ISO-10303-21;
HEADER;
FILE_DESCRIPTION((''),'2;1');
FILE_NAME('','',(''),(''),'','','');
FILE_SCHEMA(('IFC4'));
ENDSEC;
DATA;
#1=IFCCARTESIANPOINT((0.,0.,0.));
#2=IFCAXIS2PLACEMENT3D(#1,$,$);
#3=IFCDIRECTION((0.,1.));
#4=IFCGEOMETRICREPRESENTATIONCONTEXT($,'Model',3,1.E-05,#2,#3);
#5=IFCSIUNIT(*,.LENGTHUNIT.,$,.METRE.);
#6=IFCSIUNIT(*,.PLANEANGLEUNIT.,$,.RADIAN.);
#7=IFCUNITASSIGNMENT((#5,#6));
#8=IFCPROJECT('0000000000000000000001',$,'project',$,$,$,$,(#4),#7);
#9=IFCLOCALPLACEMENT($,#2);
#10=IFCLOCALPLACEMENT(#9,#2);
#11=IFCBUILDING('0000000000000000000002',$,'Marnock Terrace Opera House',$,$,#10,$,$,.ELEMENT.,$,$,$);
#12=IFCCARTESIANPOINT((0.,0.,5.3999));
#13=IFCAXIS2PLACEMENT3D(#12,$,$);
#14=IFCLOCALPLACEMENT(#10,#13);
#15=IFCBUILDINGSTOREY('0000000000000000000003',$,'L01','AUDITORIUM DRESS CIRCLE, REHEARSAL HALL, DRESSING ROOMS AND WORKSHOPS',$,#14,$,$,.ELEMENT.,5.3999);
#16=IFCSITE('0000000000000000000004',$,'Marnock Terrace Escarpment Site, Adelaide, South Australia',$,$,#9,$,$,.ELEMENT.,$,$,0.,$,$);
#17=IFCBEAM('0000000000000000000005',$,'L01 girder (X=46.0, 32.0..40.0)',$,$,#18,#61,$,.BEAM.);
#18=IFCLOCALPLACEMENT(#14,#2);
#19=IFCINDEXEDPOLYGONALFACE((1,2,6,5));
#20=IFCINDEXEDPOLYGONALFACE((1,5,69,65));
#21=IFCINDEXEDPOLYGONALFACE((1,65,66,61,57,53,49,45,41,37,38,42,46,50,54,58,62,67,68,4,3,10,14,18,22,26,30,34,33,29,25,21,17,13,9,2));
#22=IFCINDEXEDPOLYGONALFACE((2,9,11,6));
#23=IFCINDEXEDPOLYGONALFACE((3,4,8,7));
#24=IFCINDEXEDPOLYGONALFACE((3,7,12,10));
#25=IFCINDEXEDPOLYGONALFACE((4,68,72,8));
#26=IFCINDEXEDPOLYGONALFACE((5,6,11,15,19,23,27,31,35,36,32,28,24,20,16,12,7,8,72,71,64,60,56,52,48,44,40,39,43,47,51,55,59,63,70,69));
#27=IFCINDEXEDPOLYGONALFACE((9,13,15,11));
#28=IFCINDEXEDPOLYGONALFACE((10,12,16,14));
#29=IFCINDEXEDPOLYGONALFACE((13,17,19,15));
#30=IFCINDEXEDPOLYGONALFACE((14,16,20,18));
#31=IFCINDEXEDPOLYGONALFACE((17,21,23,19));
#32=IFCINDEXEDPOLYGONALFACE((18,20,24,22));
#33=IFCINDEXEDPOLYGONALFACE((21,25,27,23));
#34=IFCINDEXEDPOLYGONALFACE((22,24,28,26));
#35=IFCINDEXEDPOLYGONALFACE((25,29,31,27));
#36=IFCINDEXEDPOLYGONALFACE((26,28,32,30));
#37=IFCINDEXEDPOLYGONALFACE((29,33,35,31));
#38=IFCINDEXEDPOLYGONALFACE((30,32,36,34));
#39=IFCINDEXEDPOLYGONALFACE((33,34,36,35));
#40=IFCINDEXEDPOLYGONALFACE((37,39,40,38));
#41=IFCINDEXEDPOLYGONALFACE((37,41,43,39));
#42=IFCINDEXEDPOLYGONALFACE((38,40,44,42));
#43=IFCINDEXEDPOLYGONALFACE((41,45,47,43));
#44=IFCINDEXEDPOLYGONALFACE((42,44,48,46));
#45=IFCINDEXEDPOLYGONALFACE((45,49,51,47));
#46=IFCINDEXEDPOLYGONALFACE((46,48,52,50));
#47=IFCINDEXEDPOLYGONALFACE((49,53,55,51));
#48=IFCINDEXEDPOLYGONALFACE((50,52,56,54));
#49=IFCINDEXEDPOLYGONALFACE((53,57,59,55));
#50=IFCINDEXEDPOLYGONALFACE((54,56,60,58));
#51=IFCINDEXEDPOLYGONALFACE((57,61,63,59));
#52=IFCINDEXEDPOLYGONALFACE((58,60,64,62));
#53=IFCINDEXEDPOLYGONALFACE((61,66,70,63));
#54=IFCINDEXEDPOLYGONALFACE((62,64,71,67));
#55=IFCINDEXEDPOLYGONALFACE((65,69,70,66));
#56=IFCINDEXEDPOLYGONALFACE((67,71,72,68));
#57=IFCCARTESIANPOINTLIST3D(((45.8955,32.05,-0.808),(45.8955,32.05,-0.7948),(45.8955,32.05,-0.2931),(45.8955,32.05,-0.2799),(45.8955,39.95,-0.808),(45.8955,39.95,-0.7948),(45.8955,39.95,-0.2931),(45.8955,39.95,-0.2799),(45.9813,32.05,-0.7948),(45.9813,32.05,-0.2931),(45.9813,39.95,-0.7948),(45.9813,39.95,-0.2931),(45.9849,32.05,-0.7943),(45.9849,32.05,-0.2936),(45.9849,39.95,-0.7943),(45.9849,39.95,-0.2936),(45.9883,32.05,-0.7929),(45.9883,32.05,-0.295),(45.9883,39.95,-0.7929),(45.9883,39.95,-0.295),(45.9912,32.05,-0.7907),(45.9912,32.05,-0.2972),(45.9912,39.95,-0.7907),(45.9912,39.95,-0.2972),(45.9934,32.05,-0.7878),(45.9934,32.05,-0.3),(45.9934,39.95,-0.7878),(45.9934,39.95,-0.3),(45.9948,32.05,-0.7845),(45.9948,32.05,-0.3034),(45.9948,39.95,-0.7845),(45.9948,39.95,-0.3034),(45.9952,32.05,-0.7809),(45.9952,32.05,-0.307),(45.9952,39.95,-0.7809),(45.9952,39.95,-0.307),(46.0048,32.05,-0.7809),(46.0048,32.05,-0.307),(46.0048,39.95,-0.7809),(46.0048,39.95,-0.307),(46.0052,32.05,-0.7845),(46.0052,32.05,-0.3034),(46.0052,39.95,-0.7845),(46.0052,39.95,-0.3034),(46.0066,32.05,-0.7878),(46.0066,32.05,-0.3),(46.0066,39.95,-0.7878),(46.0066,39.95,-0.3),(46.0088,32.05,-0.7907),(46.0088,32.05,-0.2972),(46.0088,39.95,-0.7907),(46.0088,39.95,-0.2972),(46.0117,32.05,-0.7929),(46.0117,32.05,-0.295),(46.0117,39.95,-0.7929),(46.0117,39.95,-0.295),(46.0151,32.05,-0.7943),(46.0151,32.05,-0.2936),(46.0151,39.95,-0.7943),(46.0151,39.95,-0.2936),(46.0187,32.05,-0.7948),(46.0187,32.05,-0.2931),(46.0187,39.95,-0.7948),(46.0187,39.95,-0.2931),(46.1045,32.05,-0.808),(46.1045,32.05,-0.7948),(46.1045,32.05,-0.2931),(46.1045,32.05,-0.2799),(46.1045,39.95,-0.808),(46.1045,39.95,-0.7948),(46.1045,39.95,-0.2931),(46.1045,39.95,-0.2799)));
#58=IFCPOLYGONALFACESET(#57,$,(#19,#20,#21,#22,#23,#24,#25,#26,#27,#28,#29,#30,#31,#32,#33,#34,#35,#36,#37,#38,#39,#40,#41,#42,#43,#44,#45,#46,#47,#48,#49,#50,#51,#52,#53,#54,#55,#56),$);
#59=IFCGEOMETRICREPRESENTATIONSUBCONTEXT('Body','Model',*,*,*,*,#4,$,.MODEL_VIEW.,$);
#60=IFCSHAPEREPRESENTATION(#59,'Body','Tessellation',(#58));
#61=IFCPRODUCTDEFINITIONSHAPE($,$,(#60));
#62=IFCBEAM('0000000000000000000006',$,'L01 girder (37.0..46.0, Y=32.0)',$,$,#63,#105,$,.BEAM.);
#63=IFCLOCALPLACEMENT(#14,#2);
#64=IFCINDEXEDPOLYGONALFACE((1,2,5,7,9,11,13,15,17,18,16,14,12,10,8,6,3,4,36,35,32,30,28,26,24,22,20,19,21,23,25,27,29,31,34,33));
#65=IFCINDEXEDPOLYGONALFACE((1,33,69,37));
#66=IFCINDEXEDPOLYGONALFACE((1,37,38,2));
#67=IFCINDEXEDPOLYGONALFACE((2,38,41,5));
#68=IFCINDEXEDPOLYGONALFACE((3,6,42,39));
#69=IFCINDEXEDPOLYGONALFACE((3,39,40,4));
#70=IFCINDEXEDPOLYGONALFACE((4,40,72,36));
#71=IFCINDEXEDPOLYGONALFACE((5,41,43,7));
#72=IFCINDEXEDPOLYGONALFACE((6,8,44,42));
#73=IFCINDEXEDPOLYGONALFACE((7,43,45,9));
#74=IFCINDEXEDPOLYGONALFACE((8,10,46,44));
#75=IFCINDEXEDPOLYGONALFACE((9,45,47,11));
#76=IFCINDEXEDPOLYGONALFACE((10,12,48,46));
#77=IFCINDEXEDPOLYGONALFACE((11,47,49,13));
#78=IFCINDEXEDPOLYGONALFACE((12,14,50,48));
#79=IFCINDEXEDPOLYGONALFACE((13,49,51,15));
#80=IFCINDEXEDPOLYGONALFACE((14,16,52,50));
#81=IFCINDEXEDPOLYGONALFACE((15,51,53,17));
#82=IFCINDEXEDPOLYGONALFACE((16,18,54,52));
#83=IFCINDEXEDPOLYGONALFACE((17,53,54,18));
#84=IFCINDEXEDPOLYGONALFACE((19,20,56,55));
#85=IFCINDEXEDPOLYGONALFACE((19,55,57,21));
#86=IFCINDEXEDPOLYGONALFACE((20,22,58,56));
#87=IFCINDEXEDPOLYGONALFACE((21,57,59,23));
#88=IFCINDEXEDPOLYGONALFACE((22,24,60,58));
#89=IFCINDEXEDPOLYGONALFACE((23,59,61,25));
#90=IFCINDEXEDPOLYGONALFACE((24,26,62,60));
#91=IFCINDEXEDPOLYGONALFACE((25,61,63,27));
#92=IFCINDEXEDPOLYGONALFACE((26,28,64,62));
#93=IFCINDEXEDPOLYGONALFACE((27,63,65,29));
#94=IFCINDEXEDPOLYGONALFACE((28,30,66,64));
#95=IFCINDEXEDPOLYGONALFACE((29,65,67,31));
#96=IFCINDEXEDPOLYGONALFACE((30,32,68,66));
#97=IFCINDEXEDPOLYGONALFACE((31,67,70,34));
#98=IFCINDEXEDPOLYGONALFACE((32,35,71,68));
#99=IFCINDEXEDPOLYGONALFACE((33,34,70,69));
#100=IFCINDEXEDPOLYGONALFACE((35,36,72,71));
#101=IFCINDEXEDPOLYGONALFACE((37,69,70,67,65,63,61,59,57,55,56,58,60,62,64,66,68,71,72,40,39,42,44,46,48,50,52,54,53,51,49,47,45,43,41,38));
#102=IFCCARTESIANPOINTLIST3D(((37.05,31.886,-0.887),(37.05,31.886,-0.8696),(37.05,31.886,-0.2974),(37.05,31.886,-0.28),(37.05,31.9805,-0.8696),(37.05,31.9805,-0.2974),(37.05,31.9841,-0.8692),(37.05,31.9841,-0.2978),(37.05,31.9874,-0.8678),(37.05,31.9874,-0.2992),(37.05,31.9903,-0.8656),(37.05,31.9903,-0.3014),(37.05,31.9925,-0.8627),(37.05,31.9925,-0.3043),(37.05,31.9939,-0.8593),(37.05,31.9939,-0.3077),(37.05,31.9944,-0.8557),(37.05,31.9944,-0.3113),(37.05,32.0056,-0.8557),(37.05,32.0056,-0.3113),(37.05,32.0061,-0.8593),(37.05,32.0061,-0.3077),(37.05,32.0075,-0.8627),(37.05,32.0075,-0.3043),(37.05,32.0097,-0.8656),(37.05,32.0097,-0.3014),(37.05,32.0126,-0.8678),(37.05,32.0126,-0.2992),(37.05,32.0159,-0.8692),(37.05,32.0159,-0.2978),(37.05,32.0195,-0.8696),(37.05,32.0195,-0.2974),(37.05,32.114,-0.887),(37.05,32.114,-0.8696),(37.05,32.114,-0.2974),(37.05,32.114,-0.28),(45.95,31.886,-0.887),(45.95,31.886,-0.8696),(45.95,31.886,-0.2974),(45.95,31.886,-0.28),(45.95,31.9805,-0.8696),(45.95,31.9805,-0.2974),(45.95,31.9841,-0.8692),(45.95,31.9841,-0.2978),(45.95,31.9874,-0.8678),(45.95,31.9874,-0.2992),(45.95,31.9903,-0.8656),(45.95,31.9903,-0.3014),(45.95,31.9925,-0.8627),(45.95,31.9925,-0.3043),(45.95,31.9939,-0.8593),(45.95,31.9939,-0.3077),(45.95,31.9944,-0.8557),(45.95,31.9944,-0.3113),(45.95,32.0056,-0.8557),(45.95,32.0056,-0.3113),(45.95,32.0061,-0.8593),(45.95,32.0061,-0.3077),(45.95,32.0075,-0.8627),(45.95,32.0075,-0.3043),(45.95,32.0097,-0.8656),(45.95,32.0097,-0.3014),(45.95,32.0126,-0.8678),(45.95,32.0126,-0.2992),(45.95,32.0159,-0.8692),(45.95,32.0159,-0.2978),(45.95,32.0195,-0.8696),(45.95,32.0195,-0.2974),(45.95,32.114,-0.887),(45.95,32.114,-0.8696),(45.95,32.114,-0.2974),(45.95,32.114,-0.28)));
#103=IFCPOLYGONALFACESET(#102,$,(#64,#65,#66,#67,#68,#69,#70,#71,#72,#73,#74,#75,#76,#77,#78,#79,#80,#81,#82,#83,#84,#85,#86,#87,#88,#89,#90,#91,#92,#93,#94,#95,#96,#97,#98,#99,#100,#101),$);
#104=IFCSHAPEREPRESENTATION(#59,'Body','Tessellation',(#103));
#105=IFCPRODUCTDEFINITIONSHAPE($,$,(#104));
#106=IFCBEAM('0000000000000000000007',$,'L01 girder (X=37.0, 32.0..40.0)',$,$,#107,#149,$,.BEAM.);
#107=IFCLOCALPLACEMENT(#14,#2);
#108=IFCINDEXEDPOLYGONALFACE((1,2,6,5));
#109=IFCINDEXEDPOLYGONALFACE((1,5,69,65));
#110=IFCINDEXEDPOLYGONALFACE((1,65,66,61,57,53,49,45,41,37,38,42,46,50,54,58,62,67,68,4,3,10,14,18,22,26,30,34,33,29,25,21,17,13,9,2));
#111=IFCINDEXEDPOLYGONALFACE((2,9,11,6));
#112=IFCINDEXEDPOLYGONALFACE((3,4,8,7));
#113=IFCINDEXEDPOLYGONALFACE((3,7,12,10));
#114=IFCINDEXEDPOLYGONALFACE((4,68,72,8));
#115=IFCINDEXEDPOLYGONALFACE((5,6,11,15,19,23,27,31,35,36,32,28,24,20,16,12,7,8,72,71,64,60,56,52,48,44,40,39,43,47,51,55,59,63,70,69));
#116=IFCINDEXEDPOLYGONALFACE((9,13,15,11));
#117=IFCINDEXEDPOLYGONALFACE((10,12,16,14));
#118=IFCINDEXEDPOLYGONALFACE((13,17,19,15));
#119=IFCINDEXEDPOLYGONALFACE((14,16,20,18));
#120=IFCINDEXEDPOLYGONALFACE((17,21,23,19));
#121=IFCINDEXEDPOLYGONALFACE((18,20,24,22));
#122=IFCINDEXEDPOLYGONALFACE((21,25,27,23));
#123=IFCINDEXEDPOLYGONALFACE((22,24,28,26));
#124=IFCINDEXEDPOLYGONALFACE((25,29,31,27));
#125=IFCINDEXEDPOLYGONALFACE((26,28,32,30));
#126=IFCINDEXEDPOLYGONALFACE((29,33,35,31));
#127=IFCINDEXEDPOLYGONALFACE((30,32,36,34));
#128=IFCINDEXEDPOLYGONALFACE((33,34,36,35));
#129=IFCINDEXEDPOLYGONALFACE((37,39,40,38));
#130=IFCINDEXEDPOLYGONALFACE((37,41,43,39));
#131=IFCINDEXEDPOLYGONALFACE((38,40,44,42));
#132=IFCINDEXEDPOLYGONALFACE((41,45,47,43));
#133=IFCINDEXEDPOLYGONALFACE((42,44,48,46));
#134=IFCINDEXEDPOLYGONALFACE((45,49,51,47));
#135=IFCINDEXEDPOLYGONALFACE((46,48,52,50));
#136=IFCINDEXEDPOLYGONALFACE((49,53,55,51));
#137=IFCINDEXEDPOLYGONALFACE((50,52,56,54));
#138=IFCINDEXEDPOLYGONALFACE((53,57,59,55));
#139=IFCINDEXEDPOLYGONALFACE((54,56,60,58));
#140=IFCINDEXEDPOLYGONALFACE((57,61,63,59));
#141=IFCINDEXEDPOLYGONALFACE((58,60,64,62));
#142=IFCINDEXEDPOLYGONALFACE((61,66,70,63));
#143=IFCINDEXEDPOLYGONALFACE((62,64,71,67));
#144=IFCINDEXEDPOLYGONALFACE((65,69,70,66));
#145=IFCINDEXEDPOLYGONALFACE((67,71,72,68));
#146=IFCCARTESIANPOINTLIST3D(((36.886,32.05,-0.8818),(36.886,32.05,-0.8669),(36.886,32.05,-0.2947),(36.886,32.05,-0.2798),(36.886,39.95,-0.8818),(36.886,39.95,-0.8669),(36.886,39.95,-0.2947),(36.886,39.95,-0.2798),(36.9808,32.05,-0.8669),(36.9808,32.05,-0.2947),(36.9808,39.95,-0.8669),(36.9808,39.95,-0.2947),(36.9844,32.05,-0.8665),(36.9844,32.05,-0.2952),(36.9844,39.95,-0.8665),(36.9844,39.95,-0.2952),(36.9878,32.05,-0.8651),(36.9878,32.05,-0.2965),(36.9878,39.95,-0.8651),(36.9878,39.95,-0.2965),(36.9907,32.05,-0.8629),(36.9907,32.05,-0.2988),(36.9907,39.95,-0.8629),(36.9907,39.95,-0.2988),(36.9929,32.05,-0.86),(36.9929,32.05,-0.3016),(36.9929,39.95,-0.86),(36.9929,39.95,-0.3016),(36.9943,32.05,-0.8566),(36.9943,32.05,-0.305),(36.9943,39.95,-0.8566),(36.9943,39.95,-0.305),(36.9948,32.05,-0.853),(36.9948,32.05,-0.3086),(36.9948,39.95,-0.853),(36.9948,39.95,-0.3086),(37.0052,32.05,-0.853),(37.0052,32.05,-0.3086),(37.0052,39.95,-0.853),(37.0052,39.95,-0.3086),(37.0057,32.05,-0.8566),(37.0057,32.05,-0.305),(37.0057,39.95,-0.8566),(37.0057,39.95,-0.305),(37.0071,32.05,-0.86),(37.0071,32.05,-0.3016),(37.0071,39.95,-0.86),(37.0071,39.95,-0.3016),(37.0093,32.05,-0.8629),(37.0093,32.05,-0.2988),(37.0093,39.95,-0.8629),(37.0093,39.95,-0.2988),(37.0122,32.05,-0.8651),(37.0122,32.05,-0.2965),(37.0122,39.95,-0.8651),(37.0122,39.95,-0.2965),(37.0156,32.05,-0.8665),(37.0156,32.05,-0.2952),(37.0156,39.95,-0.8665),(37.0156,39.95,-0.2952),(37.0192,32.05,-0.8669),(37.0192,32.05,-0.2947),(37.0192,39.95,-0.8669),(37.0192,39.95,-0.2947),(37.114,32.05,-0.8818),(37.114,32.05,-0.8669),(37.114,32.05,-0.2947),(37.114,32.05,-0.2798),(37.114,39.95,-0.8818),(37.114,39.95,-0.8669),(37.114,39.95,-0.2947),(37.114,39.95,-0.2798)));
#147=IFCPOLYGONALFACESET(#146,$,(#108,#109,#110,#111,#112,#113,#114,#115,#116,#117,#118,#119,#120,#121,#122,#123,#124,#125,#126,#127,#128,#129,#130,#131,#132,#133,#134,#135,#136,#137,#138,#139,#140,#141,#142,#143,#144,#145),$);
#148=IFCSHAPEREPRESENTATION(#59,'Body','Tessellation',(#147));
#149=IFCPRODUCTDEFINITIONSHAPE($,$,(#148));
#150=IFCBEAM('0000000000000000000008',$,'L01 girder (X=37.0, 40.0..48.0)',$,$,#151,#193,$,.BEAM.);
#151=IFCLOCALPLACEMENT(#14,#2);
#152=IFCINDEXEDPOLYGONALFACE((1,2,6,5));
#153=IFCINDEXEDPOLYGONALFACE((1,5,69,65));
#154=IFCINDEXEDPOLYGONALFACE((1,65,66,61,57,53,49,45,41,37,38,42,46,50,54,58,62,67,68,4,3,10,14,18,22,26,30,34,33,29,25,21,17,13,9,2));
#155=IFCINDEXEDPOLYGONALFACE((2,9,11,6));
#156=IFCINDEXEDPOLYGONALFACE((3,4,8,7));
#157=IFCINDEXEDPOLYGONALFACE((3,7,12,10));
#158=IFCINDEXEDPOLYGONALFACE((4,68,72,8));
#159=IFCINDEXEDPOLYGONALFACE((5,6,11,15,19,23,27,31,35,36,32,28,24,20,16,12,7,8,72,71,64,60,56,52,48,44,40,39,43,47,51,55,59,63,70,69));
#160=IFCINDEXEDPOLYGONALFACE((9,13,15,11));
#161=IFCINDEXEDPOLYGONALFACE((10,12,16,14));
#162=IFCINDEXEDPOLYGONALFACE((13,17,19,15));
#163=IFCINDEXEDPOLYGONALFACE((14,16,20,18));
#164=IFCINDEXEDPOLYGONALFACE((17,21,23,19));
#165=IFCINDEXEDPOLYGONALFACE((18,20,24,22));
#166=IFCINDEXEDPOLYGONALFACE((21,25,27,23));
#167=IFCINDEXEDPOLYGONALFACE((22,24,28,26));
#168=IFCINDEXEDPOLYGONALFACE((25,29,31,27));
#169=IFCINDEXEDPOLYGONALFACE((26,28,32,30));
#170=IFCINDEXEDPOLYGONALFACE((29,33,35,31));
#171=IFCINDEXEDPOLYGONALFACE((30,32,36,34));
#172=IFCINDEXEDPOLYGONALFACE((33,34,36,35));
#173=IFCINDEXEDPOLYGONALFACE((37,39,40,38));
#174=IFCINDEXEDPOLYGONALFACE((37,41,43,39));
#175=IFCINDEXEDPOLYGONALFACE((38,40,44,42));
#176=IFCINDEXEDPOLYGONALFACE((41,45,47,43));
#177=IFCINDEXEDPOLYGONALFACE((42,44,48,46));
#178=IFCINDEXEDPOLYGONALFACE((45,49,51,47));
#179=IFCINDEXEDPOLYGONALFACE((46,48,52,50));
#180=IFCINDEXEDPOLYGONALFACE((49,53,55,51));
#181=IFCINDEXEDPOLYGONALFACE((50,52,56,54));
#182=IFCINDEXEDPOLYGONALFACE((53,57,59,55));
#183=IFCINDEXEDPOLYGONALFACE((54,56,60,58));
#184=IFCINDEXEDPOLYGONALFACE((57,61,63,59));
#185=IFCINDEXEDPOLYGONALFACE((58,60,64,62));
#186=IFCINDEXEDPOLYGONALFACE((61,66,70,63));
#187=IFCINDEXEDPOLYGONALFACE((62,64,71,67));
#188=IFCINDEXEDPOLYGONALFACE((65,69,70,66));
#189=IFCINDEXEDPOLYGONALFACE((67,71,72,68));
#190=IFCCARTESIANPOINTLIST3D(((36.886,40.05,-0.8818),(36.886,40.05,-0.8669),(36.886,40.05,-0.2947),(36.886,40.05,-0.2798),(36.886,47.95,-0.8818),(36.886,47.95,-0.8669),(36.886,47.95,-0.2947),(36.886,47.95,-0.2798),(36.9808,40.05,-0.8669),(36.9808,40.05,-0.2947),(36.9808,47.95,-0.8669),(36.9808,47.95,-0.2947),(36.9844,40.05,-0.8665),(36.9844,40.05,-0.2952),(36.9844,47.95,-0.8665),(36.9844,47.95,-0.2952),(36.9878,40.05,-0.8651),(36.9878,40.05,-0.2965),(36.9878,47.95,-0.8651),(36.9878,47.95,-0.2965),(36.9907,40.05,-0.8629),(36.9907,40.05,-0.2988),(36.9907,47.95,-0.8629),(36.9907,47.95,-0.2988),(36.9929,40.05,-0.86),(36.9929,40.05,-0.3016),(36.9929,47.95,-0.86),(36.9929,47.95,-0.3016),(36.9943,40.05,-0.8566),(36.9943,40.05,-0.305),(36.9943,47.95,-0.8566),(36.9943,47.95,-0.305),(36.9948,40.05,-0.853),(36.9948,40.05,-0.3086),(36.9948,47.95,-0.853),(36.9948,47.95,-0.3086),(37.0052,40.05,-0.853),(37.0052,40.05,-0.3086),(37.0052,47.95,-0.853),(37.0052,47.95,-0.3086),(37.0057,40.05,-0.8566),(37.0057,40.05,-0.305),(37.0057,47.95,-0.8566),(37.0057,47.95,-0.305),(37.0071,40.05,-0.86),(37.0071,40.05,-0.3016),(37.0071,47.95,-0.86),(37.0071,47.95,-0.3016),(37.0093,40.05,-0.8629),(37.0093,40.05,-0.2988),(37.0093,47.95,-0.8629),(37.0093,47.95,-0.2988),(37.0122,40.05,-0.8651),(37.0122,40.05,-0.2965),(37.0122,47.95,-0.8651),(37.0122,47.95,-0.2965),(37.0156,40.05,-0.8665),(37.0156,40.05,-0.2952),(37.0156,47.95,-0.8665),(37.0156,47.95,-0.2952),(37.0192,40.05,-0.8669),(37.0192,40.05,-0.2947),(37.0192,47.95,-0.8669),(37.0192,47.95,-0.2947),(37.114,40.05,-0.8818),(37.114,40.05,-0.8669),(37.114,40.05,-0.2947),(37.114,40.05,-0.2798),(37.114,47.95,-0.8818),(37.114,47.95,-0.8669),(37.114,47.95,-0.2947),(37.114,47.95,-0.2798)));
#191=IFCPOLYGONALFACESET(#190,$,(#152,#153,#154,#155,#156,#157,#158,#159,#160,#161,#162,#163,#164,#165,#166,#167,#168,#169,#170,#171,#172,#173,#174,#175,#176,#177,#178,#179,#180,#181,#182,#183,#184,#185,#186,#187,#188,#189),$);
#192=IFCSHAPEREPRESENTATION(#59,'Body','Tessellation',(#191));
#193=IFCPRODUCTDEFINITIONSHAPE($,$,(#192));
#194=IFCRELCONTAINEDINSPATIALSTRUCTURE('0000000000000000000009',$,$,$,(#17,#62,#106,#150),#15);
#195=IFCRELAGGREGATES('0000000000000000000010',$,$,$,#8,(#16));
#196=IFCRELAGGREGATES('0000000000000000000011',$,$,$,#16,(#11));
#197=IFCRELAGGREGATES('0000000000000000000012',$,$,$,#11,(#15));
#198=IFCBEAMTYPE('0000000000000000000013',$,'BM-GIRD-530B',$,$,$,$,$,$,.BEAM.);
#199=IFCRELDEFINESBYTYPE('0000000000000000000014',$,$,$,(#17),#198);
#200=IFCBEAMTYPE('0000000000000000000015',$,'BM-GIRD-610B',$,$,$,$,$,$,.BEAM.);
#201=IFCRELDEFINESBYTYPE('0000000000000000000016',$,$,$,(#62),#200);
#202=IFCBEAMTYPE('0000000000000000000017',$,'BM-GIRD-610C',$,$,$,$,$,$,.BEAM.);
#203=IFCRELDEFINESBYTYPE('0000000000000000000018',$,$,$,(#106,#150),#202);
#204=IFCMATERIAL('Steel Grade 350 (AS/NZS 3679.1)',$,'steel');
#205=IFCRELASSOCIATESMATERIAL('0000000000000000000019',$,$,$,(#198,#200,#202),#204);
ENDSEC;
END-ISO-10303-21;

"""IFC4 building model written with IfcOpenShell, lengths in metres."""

from ifc_helpers import new_model, si_unit, direction, frame, origin, origin_2d, place, context, subcontext, project, spatial, i_section, extrude, material, material_profile, profile_set, type_object, element, save


model = new_model("IFC4")

# Units and contexts
model_context = context("Model", 3, precision=1e-05, world=origin(), true_north=direction((0.0, 1.0)))
body_context = subcontext(model_context, "Body", "Model", "MODEL_VIEW")
ifc_project = project(units=[si_unit("LENGTHUNIT", "METRE"), si_unit("PLANEANGLEUNIT", "RADIAN")], contexts=[model_context])

# Site, building, storey
site_placement = place(None, origin())
site = spatial("IfcSite", under=ifc_project, at=site_placement, Name="Marnock Terrace Escarpment Site, Adelaide, South Australia", CompositionType="ELEMENT", RefElevation=0.0)
building_placement = place(site_placement, origin())
building = spatial("IfcBuilding", under=site, at=building_placement, Name="Marnock Terrace Opera House", CompositionType="ELEMENT")
storey_placement = place(building_placement, frame((0.0, 0.0, 5.3999)))
storey = spatial("IfcBuildingStorey", under=building, at=storey_placement, Name="L01", Description="AUDITORIUM DRESS CIRCLE, REHEARSAL HALL, DRESSING ROOMS AND WORKSHOPS", CompositionType="ELEMENT", Elevation=5.3999)

# Shared definitions
ifc_material_1 = material(Name="Steel Grade 350 (AS/NZS 3679.1)", Category="steel")

# Beams
ifc_material_profile_1 = material_profile(ifc_material_1, i_section(OverallWidth=0.209, OverallDepth=0.5281, WebThickness=0.0095, FlangeThickness=0.0132, FilletRadius=0.0139, at=origin_2d()))
ifc_profile_set_1 = profile_set([ifc_material_profile_1], Name="Steel Grade 350 (AS/NZS 3679.1)")
beam_type_1 = type_object("IfcBeamType", Name="BM-GIRD-530B", PredefinedType="BEAM", material=ifc_profile_set_1)
beam_1_placement = place(storey_placement, frame((46.0, 32.05, -0.5439), z_axis=(0.0, 1.0, 0.0), x_axis=(-1.0, 0.0, 0.0)))
element("IfcBeam", 1, at=beam_1_placement, inside=storey, type_object=beam_type_1, Name="L01 girder (X=46.0, 32.0..40.0)", PredefinedType="BEAM", context=body_context, shape_type="SweptSolid", body=[
    extrude(i_section(OverallWidth=0.209, OverallDepth=0.5281, WebThickness=0.0095, FlangeThickness=0.0132, FilletRadius=0.0139, at=origin_2d()), origin(), (0.0, 0.0, 1.0), 7.8999),
])
ifc_material_profile_2 = material_profile(ifc_material_1, i_section(OverallWidth=0.228, OverallDepth=0.6069, WebThickness=0.0112, FlangeThickness=0.0173, FilletRadius=0.0139, at=origin_2d()))
ifc_profile_set_2 = profile_set([ifc_material_profile_2], Name="Steel Grade 350 (AS/NZS 3679.1)")
beam_type_2 = type_object("IfcBeamType", Name="BM-GIRD-610B", PredefinedType="BEAM", material=ifc_profile_set_2)
beam_2_placement = place(storey_placement, frame((37.05, 32.0, -0.5835), z_axis=(1.0, 0.0, 0.0), x_axis=(0.0, 1.0, 0.0)))
element("IfcBeam", 2, at=beam_2_placement, inside=storey, type_object=beam_type_2, Name="L01 girder (37.0..46.0, Y=32.0)", PredefinedType="BEAM", context=body_context, shape_type="SweptSolid", body=[
    extrude(i_section(OverallWidth=0.228, OverallDepth=0.6069, WebThickness=0.0112, FlangeThickness=0.0173, FilletRadius=0.0139, at=origin_2d()), origin(), (0.0, 0.0, 1.0), 8.8999),
])
ifc_material_profile_3 = material_profile(ifc_material_1, i_section(OverallWidth=0.228, OverallDepth=0.6021, WebThickness=0.0105, FlangeThickness=0.0149, FilletRadius=0.0139, at=origin_2d()))
ifc_profile_set_3 = profile_set([ifc_material_profile_3], Name="Steel Grade 350 (AS/NZS 3679.1)")
beam_type_3 = type_object("IfcBeamType", Name="BM-GIRD-610C", PredefinedType="BEAM", material=ifc_profile_set_3)
for number, where, z_axis, x_axis, name in (
    (3, (37.0, 32.05, -0.5808), (0.0, 1.0, 0.0), (-1.0, 0.0, 0.0), "L01 girder (X=37.0, 32.0..40.0)"),
    (4, (37.0, 40.05, -0.5808), (0.0, 1.0, 0.0), (-1.0, 0.0, 0.0), "L01 girder (X=37.0, 40.0..48.0)"),
):
    element("IfcBeam", number, at=place(storey_placement, frame(where, z_axis=z_axis, x_axis=x_axis)), inside=storey, type_object=beam_type_3, Name=name, PredefinedType="BEAM", context=body_context, shape_type="SweptSolid", body=[
        extrude(i_section(OverallWidth=0.228, OverallDepth=0.6021, WebThickness=0.0105, FlangeThickness=0.0149, FilletRadius=0.0139, at=origin_2d()), origin(), (0.0, 0.0, 1.0), 7.8999),
    ])

save(model, "model.ifc")
